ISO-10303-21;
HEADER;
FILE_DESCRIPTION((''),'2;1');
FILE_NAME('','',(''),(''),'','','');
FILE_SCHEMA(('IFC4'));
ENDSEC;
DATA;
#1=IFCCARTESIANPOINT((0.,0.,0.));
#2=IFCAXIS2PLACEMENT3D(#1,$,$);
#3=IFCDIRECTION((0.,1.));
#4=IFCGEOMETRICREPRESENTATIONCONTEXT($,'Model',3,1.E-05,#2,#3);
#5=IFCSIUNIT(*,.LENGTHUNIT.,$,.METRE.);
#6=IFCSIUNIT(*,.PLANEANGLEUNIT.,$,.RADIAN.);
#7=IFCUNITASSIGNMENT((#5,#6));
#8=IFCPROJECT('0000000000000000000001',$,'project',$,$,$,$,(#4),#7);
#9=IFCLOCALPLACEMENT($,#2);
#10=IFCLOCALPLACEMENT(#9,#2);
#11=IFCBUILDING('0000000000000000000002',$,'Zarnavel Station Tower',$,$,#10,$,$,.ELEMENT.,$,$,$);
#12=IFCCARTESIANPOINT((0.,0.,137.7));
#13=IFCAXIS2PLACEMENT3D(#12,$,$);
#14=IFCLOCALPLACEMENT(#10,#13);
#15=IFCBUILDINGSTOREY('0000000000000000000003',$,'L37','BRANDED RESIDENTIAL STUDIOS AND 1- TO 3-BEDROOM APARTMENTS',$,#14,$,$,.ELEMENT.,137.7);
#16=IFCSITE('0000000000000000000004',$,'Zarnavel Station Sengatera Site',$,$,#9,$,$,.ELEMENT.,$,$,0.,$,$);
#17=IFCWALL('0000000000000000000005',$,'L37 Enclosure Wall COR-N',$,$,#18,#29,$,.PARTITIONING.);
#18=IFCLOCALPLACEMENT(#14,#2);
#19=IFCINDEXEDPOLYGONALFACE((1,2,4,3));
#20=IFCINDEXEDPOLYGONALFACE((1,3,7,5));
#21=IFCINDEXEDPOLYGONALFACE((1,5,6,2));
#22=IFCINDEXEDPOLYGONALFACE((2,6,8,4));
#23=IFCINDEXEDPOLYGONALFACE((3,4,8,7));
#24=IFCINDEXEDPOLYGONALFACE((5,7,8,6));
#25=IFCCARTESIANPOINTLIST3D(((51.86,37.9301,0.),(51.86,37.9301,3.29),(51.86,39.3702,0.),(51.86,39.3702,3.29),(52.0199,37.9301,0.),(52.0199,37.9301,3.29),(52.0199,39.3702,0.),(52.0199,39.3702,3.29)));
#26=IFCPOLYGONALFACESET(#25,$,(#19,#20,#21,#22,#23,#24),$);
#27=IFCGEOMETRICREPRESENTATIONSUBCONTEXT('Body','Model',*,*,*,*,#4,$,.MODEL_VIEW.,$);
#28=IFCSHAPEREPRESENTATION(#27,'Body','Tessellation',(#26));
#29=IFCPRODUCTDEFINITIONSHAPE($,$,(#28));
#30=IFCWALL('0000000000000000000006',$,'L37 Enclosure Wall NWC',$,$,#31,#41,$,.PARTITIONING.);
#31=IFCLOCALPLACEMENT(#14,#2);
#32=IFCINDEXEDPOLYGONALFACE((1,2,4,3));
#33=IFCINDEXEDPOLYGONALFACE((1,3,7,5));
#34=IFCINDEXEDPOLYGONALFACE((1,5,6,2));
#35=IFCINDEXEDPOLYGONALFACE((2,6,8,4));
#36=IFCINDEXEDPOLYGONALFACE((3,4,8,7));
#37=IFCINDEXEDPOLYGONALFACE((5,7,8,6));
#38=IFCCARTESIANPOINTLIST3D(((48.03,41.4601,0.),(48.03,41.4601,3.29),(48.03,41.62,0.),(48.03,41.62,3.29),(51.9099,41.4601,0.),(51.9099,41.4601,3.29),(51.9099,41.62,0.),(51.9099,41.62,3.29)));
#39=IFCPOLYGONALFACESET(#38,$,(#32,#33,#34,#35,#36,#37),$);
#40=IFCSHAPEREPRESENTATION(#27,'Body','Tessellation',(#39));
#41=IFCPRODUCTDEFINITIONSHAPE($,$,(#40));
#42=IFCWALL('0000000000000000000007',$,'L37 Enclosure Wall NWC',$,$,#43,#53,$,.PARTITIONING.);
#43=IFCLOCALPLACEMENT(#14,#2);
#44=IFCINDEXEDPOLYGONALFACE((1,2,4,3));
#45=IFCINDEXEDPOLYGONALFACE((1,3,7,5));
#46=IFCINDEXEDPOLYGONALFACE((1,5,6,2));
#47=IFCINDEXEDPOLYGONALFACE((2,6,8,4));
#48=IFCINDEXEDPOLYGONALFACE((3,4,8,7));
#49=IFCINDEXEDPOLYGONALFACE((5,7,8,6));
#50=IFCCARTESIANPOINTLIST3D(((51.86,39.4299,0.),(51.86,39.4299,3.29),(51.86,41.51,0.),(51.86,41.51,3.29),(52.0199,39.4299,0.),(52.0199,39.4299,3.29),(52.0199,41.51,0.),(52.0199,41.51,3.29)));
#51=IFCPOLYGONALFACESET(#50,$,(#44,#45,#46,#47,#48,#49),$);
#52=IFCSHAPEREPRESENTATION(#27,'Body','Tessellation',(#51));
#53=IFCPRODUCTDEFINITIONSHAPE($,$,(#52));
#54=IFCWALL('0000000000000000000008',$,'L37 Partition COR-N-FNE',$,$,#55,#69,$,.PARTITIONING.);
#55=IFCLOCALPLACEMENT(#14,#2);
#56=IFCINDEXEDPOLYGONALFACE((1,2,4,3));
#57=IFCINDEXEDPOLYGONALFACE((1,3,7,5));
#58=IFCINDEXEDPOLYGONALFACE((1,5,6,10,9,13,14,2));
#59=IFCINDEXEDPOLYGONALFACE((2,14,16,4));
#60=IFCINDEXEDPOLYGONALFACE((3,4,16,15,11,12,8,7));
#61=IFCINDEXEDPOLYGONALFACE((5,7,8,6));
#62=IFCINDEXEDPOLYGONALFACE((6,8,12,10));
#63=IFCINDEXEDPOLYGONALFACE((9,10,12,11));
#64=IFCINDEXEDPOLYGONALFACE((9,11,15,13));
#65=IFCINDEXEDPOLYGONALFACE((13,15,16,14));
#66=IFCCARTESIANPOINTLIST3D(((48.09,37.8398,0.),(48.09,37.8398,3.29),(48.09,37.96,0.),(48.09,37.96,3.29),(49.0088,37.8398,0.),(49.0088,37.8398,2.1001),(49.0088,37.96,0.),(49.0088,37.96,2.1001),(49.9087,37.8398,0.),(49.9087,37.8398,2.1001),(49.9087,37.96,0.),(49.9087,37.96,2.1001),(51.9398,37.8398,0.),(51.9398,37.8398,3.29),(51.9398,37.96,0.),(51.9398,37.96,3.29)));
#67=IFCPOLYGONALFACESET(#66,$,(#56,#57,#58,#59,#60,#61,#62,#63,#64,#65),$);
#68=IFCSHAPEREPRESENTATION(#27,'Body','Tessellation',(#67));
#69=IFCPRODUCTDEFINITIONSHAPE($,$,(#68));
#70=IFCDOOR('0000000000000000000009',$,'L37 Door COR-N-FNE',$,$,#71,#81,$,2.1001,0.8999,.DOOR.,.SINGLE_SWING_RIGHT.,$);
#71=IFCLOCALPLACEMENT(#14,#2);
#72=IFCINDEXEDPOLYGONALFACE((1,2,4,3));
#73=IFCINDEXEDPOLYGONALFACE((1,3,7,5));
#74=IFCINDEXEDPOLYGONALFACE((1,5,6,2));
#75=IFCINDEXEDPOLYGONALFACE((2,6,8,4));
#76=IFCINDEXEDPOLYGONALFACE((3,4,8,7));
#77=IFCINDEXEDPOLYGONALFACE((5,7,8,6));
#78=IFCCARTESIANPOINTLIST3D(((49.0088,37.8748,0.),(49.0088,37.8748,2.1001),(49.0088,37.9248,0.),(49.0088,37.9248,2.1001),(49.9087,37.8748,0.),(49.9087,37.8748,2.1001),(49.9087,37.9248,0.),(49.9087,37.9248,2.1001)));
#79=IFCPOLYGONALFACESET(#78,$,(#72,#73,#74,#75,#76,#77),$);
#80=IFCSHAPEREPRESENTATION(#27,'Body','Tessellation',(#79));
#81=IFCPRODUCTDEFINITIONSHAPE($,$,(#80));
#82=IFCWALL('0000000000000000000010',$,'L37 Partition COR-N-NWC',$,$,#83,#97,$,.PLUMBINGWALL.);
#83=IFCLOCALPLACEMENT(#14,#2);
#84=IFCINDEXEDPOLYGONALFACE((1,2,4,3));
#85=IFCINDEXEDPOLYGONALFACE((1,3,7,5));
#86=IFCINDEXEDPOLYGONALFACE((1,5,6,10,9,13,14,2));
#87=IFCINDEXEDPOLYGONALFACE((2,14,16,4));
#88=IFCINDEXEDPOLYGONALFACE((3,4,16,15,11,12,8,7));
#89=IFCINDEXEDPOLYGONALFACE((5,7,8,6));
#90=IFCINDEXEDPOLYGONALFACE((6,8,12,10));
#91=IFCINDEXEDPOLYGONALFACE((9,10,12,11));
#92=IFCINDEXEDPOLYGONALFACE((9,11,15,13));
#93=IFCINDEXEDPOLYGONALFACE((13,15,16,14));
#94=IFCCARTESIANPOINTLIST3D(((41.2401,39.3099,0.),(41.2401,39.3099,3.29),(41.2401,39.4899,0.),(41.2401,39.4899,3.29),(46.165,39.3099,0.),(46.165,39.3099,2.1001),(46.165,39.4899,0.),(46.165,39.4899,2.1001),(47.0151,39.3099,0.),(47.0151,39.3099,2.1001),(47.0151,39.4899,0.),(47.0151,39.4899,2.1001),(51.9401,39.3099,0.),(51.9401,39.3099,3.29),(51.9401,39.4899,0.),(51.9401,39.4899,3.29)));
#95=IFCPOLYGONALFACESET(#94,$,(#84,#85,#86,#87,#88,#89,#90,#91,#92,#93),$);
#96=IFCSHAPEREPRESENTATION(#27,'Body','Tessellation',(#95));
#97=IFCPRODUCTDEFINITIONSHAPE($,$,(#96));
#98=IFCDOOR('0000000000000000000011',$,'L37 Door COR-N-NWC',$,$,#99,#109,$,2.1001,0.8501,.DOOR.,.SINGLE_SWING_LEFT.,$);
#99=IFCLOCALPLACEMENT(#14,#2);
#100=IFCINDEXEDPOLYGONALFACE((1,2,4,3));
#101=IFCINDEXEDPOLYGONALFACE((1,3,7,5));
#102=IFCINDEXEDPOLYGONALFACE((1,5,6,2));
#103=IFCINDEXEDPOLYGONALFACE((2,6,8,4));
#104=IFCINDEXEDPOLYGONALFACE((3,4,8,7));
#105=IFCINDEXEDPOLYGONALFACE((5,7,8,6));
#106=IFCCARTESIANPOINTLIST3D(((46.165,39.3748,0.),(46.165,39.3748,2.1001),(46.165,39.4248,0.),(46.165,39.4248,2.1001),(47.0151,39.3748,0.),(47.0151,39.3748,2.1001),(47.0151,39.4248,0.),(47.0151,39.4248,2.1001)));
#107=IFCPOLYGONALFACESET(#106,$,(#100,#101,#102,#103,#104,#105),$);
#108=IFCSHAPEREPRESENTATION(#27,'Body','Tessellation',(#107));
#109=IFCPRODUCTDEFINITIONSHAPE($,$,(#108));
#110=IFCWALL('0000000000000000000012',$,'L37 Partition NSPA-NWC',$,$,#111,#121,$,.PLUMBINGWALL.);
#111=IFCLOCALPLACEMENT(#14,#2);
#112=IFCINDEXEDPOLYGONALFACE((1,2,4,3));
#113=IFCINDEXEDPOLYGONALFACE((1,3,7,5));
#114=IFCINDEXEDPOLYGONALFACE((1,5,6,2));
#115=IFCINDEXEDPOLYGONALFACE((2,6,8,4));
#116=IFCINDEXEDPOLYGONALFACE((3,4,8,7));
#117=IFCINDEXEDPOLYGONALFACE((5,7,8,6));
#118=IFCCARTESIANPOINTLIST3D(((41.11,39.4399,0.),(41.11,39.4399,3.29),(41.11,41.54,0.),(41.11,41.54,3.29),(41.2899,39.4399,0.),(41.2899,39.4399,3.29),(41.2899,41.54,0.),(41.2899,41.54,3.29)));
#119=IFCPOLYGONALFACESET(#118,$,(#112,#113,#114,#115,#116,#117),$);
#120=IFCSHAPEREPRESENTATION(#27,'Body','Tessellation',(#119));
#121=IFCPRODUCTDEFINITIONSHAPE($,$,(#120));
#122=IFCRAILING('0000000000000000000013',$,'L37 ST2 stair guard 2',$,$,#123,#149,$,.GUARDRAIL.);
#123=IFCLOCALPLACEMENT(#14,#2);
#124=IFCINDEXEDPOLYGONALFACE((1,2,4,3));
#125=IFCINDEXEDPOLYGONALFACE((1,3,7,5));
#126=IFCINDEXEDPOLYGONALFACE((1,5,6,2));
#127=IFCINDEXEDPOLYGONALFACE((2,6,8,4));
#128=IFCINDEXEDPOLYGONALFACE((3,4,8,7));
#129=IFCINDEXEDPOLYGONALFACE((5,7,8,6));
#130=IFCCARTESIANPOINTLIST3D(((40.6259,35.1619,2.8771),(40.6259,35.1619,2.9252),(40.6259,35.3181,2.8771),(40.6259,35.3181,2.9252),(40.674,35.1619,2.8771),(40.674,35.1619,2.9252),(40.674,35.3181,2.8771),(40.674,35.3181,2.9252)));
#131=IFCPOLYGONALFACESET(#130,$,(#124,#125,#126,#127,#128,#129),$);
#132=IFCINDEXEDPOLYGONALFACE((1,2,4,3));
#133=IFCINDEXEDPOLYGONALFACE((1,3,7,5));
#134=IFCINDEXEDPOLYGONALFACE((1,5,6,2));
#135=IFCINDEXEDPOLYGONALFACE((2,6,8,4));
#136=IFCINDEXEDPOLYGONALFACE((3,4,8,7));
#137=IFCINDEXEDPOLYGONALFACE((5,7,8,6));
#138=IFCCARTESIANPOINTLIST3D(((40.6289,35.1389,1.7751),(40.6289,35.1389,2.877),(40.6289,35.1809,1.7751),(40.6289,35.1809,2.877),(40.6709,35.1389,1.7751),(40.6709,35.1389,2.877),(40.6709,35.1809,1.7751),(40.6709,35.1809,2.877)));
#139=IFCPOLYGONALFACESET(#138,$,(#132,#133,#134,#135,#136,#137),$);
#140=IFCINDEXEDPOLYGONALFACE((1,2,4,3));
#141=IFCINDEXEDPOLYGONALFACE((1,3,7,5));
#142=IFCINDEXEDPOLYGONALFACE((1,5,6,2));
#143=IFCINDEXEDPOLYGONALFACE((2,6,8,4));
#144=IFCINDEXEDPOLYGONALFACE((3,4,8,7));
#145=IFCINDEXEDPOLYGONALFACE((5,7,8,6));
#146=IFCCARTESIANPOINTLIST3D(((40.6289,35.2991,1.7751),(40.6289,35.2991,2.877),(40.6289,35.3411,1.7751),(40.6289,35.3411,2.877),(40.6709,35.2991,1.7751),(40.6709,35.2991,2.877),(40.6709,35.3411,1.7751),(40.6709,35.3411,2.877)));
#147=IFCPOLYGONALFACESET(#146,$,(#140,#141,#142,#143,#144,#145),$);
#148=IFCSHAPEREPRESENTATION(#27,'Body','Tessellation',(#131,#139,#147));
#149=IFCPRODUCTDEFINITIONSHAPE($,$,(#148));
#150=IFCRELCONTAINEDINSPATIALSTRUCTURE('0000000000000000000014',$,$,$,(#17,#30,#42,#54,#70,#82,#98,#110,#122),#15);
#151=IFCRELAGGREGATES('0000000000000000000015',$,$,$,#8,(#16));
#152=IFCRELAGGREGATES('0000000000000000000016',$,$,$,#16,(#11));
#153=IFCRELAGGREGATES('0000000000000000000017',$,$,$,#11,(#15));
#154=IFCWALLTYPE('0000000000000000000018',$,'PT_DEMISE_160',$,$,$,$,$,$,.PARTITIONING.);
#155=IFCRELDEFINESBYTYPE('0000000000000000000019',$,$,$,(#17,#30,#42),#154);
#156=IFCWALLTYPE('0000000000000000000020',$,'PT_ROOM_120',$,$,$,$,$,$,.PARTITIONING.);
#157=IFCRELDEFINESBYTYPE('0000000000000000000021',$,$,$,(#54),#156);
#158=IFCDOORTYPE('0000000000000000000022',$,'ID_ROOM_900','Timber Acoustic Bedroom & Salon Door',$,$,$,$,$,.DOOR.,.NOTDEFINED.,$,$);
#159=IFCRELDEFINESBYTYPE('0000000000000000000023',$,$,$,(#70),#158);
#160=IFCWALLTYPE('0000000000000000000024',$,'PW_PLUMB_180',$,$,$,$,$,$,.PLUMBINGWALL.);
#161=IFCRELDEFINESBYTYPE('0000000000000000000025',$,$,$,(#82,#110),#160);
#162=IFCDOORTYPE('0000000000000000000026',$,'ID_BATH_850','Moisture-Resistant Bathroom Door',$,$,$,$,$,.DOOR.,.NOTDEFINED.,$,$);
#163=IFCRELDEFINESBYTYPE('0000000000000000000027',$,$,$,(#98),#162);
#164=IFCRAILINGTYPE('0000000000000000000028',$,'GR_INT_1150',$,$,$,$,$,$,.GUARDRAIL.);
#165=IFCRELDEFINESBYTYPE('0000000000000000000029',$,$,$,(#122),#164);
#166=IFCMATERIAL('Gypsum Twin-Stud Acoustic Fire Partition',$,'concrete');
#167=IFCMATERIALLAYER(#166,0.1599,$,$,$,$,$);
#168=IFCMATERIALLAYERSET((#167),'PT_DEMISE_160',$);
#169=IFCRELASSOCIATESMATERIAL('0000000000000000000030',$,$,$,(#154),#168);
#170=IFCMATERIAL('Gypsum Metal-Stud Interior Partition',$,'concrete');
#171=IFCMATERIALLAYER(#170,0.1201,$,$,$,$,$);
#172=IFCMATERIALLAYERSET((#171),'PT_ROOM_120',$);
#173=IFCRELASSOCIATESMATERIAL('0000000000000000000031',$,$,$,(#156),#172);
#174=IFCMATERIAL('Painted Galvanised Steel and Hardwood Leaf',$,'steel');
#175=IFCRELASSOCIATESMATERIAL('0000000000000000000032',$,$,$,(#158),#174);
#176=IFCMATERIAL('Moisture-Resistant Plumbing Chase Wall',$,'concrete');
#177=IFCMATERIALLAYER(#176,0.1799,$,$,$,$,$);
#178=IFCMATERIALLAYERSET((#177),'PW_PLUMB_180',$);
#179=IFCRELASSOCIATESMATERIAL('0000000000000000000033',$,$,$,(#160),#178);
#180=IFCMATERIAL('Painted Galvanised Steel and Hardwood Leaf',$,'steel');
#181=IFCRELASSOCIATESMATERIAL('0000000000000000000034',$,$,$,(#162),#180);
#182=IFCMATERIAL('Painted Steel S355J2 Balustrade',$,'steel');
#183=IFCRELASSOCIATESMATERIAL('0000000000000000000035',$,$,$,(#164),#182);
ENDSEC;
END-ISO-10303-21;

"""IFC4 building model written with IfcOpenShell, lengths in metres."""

from ifc_helpers import new_model, si_unit, direction, frame, frame_2d, origin, origin_2d, place, context, subcontext, project, spatial, rectangle, extrude, material, layer, layer_set, type_object, element, fill, save


model = new_model("IFC4")

# Units and contexts
model_context = context("Model", 3, precision=1e-05, world=origin(), true_north=direction((0.0, 1.0)))
body_context = subcontext(model_context, "Body", "Model", "MODEL_VIEW")
ifc_project = project(units=[si_unit("LENGTHUNIT", "METRE"), si_unit("PLANEANGLEUNIT", "RADIAN")], contexts=[model_context])

# Site, building, storey
site_placement = place(None, origin())
site = spatial("IfcSite", under=ifc_project, at=site_placement, Name="Zarnavel Station Sengatera Site", CompositionType="ELEMENT", RefElevation=0.0)
building_placement = place(site_placement, origin())
building = spatial("IfcBuilding", under=site, at=building_placement, Name="Zarnavel Station Tower", CompositionType="ELEMENT")
storey_placement = place(building_placement, frame((0.0, 0.0, 137.7)))
storey = spatial("IfcBuildingStorey", under=building, at=storey_placement, Name="L37", Description="BRANDED RESIDENTIAL STUDIOS AND 1- TO 3-BEDROOM APARTMENTS", CompositionType="ELEMENT", Elevation=137.7)

# Walls
ifc_material_1 = material(Name="Gypsum Twin-Stud Acoustic Fire Partition", Category="concrete")
ifc_layer_1 = layer(ifc_material_1, 0.1599)
ifc_layer_set_1 = layer_set([ifc_layer_1], Name="PT_DEMISE_160")
wall_type_1 = type_object("IfcWallType", Name="PT_DEMISE_160", PredefinedType="PARTITIONING", material=ifc_layer_set_1)
wall_1_placement = place(storey_placement, frame((51.9399, 37.9299, 0.0), z_axis=(0.0, 0.0, 1.0), x_axis=(0.0, 1.0, 0.0)))
element("IfcWall", 1, at=wall_1_placement, inside=storey, type_object=wall_type_1, Name="L37 Enclosure Wall COR-N", PredefinedType="PARTITIONING", context=body_context, shape_type="SweptSolid", body=[
    extrude(rectangle(XDim=1.4402, YDim=0.1599, at=frame_2d((0.7202, 0.0))), origin(), (0.0, 0.0, 1.0), 3.29),
])
wall_2_placement = place(storey_placement, frame((48.03, 41.54, 0.0), z_axis=(0.0, 0.0, 1.0), x_axis=(1.0, 0.0, 0.0)))
element("IfcWall", 2, at=wall_2_placement, inside=storey, type_object=wall_type_1, Name="L37 Enclosure Wall NWC", PredefinedType="PARTITIONING", context=body_context, shape_type="SweptSolid", body=[
    extrude(rectangle(XDim=3.8799, YDim=0.1599, at=frame_2d((1.9399, 0.0))), origin(), (0.0, 0.0, 1.0), 3.29),
])
wall_3_placement = place(storey_placement, frame((51.9399, 39.4299, 0.0), z_axis=(0.0, 0.0, 1.0), x_axis=(0.0, 1.0, 0.0)))
element("IfcWall", 3, at=wall_3_placement, inside=storey, type_object=wall_type_1, Name="L37 Enclosure Wall NWC", PredefinedType="PARTITIONING", context=body_context, shape_type="SweptSolid", body=[
    extrude(rectangle(XDim=2.0801, YDim=0.1599, at=frame_2d((1.04, 0.0))), origin(), (0.0, 0.0, 1.0), 3.29),
])

# Walls, openings, doors
ifc_material_2 = material(Name="Gypsum Metal-Stud Interior Partition", Category="concrete")
ifc_layer_2 = layer(ifc_material_2, 0.1201)
ifc_layer_set_2 = layer_set([ifc_layer_2], Name="PT_ROOM_120")
wall_type_2 = type_object("IfcWallType", Name="PT_ROOM_120", PredefinedType="PARTITIONING", material=ifc_layer_set_2)
wall_4_placement = place(storey_placement, frame((48.0901, 37.8999, 0.0), z_axis=(0.0, 0.0, 1.0), x_axis=(1.0, 0.0, 0.0)))
wall_4 = element("IfcWall", 4, at=wall_4_placement, inside=storey, type_object=wall_type_2, Name="L37 Partition COR-N-FNE", PredefinedType="PARTITIONING", context=body_context, shape_type="SweptSolid", body=[
    extrude(rectangle(XDim=3.8499, YDim=0.1201, at=frame_2d((1.9248, 0.0))), origin(), (0.0, 0.0, 1.0), 3.29),
])
opening_1_placement = place(wall_4_placement, frame((0.9187, 0.0, 0.0)))
opening_1 = element("IfcOpeningElement", 5, at=opening_1_placement, cuts=wall_4, PredefinedType="OPENING", context=body_context, shape_type="SweptSolid", body=[
    extrude(rectangle(XDim=0.8999, YDim=2.1001, at=frame_2d((0.45, 1.05))), frame((0.0, 0.0701, 0.0), z_axis=(0.0, -1.0, 0.0), x_axis=(1.0, 0.0, 0.0)), (0.0, 0.0, 1.0), 0.1401),
])
ifc_material_3 = material(Name="Painted Galvanised Steel and Hardwood Leaf", Category="steel")
door_type_1 = type_object("IfcDoorType", Name="ID_ROOM_900", Description="Timber Acoustic Bedroom & Salon Door", OperationType="NOTDEFINED", PredefinedType="DOOR", material=ifc_material_3)
door_1_placement = place(opening_1_placement, origin())
door_1 = element("IfcDoor", 6, at=door_1_placement, inside=storey, type_object=door_type_1, Name="L37 Door COR-N-FNE", OperationType="SINGLE_SWING_RIGHT", OverallHeight=2.1001, OverallWidth=0.8999, PredefinedType="DOOR", context=body_context, shape_type="SweptSolid", body=[
    extrude(rectangle(XDim=0.8999, YDim=2.1001, at=frame_2d((0.45, 1.05))), frame((0.0, 0.0249, 0.0), z_axis=(0.0, -1.0, 0.0), x_axis=(1.0, 0.0, 0.0)), (0.0, 0.0, 1.0), 0.05),
])
fill(opening_1, door_1)
ifc_material_4 = material(Name="Moisture-Resistant Plumbing Chase Wall", Category="concrete")
ifc_layer_3 = layer(ifc_material_4, 0.1799)
ifc_layer_set_3 = layer_set([ifc_layer_3], Name="PW_PLUMB_180")
wall_type_3 = type_object("IfcWallType", Name="PW_PLUMB_180", PredefinedType="PLUMBINGWALL", material=ifc_layer_set_3)
wall_5_placement = place(storey_placement, frame((41.24, 39.3999, 0.0), z_axis=(0.0, 0.0, 1.0), x_axis=(1.0, 0.0, 0.0)))
wall_5 = element("IfcWall", 7, at=wall_5_placement, inside=storey, type_object=wall_type_3, Name="L37 Partition COR-N-NWC", PredefinedType="PLUMBINGWALL", context=body_context, shape_type="SweptSolid", body=[
    extrude(rectangle(XDim=10.7, YDim=0.1799, at=frame_2d((5.3501, 0.0))), origin(), (0.0, 0.0, 1.0), 3.29),
])
opening_2_placement = place(wall_5_placement, frame((4.925, 0.0, 0.0)))
opening_2 = element("IfcOpeningElement", 8, at=opening_2_placement, cuts=wall_5, PredefinedType="OPENING", context=body_context, shape_type="SweptSolid", body=[
    extrude(rectangle(XDim=0.8501, YDim=2.1001, at=frame_2d((0.425, 1.05))), frame((0.0, 0.0999, 0.0), z_axis=(0.0, -1.0, 0.0), x_axis=(1.0, 0.0, 0.0)), (0.0, 0.0, 1.0), 0.2),
])
ifc_material_5 = material(Name="Painted Galvanised Steel and Hardwood Leaf", Category="steel")
door_type_2 = type_object("IfcDoorType", Name="ID_BATH_850", Description="Moisture-Resistant Bathroom Door", OperationType="NOTDEFINED", PredefinedType="DOOR", material=ifc_material_5)
door_2_placement = place(opening_2_placement, origin())
door_2 = element("IfcDoor", 9, at=door_2_placement, inside=storey, type_object=door_type_2, Name="L37 Door COR-N-NWC", OperationType="SINGLE_SWING_LEFT", OverallHeight=2.1001, OverallWidth=0.8501, PredefinedType="DOOR", context=body_context, shape_type="SweptSolid", body=[
    extrude(rectangle(XDim=0.8501, YDim=2.1001, at=frame_2d((0.425, 1.05))), frame((0.0, 0.0249, 0.0), z_axis=(0.0, -1.0, 0.0), x_axis=(1.0, 0.0, 0.0)), (0.0, 0.0, 1.0), 0.05),
])
fill(opening_2, door_2)

# Wall
wall_6_placement = place(storey_placement, frame((41.2, 39.4399, 0.0), z_axis=(0.0, 0.0, 1.0), x_axis=(0.0, 1.0, 0.0)))
element("IfcWall", 10, at=wall_6_placement, inside=storey, type_object=wall_type_3, Name="L37 Partition NSPA-NWC", PredefinedType="PLUMBINGWALL", context=body_context, shape_type="SweptSolid", body=[
    extrude(rectangle(XDim=2.1001, YDim=0.1799, at=frame_2d((1.05, 0.0))), origin(), (0.0, 0.0, 1.0), 3.29),
])

# Railing
ifc_material_6 = material(Name="Painted Steel S355J2 Balustrade", Category="steel")
railing_type_1 = type_object("IfcRailingType", Name="GR_INT_1150", PredefinedType="GUARDRAIL", material=ifc_material_6)
railing_1_placement = place(storey_placement, frame((40.6499, 35.1599, 1.7751)))
element("IfcRailing", 11, at=railing_1_placement, inside=storey, type_object=railing_type_1, Name="L37 ST2 stair guard 2", PredefinedType="GUARDRAIL", context=body_context, shape_type="SweptSolid", body=[
    extrude(rectangle(XDim=0.0481, YDim=0.0481, at=origin_2d()), frame((0.0, 0.002, 1.126), z_axis=(0.0, 1.0, 0.0), x_axis=(-1.0, 0.0, 0.0)), (0.0, 0.0, 1.0), 0.1562),
    extrude(rectangle(XDim=0.042, YDim=0.042, at=origin_2d()), origin(), (0.0, 0.0, 1.0), 1.1018),
    extrude(rectangle(XDim=0.042, YDim=0.042, at=origin_2d()), frame((0.0, 0.1602, 0.0)), (0.0, 0.0, 1.0), 1.1018),
])

save(model, "model.ifc")
